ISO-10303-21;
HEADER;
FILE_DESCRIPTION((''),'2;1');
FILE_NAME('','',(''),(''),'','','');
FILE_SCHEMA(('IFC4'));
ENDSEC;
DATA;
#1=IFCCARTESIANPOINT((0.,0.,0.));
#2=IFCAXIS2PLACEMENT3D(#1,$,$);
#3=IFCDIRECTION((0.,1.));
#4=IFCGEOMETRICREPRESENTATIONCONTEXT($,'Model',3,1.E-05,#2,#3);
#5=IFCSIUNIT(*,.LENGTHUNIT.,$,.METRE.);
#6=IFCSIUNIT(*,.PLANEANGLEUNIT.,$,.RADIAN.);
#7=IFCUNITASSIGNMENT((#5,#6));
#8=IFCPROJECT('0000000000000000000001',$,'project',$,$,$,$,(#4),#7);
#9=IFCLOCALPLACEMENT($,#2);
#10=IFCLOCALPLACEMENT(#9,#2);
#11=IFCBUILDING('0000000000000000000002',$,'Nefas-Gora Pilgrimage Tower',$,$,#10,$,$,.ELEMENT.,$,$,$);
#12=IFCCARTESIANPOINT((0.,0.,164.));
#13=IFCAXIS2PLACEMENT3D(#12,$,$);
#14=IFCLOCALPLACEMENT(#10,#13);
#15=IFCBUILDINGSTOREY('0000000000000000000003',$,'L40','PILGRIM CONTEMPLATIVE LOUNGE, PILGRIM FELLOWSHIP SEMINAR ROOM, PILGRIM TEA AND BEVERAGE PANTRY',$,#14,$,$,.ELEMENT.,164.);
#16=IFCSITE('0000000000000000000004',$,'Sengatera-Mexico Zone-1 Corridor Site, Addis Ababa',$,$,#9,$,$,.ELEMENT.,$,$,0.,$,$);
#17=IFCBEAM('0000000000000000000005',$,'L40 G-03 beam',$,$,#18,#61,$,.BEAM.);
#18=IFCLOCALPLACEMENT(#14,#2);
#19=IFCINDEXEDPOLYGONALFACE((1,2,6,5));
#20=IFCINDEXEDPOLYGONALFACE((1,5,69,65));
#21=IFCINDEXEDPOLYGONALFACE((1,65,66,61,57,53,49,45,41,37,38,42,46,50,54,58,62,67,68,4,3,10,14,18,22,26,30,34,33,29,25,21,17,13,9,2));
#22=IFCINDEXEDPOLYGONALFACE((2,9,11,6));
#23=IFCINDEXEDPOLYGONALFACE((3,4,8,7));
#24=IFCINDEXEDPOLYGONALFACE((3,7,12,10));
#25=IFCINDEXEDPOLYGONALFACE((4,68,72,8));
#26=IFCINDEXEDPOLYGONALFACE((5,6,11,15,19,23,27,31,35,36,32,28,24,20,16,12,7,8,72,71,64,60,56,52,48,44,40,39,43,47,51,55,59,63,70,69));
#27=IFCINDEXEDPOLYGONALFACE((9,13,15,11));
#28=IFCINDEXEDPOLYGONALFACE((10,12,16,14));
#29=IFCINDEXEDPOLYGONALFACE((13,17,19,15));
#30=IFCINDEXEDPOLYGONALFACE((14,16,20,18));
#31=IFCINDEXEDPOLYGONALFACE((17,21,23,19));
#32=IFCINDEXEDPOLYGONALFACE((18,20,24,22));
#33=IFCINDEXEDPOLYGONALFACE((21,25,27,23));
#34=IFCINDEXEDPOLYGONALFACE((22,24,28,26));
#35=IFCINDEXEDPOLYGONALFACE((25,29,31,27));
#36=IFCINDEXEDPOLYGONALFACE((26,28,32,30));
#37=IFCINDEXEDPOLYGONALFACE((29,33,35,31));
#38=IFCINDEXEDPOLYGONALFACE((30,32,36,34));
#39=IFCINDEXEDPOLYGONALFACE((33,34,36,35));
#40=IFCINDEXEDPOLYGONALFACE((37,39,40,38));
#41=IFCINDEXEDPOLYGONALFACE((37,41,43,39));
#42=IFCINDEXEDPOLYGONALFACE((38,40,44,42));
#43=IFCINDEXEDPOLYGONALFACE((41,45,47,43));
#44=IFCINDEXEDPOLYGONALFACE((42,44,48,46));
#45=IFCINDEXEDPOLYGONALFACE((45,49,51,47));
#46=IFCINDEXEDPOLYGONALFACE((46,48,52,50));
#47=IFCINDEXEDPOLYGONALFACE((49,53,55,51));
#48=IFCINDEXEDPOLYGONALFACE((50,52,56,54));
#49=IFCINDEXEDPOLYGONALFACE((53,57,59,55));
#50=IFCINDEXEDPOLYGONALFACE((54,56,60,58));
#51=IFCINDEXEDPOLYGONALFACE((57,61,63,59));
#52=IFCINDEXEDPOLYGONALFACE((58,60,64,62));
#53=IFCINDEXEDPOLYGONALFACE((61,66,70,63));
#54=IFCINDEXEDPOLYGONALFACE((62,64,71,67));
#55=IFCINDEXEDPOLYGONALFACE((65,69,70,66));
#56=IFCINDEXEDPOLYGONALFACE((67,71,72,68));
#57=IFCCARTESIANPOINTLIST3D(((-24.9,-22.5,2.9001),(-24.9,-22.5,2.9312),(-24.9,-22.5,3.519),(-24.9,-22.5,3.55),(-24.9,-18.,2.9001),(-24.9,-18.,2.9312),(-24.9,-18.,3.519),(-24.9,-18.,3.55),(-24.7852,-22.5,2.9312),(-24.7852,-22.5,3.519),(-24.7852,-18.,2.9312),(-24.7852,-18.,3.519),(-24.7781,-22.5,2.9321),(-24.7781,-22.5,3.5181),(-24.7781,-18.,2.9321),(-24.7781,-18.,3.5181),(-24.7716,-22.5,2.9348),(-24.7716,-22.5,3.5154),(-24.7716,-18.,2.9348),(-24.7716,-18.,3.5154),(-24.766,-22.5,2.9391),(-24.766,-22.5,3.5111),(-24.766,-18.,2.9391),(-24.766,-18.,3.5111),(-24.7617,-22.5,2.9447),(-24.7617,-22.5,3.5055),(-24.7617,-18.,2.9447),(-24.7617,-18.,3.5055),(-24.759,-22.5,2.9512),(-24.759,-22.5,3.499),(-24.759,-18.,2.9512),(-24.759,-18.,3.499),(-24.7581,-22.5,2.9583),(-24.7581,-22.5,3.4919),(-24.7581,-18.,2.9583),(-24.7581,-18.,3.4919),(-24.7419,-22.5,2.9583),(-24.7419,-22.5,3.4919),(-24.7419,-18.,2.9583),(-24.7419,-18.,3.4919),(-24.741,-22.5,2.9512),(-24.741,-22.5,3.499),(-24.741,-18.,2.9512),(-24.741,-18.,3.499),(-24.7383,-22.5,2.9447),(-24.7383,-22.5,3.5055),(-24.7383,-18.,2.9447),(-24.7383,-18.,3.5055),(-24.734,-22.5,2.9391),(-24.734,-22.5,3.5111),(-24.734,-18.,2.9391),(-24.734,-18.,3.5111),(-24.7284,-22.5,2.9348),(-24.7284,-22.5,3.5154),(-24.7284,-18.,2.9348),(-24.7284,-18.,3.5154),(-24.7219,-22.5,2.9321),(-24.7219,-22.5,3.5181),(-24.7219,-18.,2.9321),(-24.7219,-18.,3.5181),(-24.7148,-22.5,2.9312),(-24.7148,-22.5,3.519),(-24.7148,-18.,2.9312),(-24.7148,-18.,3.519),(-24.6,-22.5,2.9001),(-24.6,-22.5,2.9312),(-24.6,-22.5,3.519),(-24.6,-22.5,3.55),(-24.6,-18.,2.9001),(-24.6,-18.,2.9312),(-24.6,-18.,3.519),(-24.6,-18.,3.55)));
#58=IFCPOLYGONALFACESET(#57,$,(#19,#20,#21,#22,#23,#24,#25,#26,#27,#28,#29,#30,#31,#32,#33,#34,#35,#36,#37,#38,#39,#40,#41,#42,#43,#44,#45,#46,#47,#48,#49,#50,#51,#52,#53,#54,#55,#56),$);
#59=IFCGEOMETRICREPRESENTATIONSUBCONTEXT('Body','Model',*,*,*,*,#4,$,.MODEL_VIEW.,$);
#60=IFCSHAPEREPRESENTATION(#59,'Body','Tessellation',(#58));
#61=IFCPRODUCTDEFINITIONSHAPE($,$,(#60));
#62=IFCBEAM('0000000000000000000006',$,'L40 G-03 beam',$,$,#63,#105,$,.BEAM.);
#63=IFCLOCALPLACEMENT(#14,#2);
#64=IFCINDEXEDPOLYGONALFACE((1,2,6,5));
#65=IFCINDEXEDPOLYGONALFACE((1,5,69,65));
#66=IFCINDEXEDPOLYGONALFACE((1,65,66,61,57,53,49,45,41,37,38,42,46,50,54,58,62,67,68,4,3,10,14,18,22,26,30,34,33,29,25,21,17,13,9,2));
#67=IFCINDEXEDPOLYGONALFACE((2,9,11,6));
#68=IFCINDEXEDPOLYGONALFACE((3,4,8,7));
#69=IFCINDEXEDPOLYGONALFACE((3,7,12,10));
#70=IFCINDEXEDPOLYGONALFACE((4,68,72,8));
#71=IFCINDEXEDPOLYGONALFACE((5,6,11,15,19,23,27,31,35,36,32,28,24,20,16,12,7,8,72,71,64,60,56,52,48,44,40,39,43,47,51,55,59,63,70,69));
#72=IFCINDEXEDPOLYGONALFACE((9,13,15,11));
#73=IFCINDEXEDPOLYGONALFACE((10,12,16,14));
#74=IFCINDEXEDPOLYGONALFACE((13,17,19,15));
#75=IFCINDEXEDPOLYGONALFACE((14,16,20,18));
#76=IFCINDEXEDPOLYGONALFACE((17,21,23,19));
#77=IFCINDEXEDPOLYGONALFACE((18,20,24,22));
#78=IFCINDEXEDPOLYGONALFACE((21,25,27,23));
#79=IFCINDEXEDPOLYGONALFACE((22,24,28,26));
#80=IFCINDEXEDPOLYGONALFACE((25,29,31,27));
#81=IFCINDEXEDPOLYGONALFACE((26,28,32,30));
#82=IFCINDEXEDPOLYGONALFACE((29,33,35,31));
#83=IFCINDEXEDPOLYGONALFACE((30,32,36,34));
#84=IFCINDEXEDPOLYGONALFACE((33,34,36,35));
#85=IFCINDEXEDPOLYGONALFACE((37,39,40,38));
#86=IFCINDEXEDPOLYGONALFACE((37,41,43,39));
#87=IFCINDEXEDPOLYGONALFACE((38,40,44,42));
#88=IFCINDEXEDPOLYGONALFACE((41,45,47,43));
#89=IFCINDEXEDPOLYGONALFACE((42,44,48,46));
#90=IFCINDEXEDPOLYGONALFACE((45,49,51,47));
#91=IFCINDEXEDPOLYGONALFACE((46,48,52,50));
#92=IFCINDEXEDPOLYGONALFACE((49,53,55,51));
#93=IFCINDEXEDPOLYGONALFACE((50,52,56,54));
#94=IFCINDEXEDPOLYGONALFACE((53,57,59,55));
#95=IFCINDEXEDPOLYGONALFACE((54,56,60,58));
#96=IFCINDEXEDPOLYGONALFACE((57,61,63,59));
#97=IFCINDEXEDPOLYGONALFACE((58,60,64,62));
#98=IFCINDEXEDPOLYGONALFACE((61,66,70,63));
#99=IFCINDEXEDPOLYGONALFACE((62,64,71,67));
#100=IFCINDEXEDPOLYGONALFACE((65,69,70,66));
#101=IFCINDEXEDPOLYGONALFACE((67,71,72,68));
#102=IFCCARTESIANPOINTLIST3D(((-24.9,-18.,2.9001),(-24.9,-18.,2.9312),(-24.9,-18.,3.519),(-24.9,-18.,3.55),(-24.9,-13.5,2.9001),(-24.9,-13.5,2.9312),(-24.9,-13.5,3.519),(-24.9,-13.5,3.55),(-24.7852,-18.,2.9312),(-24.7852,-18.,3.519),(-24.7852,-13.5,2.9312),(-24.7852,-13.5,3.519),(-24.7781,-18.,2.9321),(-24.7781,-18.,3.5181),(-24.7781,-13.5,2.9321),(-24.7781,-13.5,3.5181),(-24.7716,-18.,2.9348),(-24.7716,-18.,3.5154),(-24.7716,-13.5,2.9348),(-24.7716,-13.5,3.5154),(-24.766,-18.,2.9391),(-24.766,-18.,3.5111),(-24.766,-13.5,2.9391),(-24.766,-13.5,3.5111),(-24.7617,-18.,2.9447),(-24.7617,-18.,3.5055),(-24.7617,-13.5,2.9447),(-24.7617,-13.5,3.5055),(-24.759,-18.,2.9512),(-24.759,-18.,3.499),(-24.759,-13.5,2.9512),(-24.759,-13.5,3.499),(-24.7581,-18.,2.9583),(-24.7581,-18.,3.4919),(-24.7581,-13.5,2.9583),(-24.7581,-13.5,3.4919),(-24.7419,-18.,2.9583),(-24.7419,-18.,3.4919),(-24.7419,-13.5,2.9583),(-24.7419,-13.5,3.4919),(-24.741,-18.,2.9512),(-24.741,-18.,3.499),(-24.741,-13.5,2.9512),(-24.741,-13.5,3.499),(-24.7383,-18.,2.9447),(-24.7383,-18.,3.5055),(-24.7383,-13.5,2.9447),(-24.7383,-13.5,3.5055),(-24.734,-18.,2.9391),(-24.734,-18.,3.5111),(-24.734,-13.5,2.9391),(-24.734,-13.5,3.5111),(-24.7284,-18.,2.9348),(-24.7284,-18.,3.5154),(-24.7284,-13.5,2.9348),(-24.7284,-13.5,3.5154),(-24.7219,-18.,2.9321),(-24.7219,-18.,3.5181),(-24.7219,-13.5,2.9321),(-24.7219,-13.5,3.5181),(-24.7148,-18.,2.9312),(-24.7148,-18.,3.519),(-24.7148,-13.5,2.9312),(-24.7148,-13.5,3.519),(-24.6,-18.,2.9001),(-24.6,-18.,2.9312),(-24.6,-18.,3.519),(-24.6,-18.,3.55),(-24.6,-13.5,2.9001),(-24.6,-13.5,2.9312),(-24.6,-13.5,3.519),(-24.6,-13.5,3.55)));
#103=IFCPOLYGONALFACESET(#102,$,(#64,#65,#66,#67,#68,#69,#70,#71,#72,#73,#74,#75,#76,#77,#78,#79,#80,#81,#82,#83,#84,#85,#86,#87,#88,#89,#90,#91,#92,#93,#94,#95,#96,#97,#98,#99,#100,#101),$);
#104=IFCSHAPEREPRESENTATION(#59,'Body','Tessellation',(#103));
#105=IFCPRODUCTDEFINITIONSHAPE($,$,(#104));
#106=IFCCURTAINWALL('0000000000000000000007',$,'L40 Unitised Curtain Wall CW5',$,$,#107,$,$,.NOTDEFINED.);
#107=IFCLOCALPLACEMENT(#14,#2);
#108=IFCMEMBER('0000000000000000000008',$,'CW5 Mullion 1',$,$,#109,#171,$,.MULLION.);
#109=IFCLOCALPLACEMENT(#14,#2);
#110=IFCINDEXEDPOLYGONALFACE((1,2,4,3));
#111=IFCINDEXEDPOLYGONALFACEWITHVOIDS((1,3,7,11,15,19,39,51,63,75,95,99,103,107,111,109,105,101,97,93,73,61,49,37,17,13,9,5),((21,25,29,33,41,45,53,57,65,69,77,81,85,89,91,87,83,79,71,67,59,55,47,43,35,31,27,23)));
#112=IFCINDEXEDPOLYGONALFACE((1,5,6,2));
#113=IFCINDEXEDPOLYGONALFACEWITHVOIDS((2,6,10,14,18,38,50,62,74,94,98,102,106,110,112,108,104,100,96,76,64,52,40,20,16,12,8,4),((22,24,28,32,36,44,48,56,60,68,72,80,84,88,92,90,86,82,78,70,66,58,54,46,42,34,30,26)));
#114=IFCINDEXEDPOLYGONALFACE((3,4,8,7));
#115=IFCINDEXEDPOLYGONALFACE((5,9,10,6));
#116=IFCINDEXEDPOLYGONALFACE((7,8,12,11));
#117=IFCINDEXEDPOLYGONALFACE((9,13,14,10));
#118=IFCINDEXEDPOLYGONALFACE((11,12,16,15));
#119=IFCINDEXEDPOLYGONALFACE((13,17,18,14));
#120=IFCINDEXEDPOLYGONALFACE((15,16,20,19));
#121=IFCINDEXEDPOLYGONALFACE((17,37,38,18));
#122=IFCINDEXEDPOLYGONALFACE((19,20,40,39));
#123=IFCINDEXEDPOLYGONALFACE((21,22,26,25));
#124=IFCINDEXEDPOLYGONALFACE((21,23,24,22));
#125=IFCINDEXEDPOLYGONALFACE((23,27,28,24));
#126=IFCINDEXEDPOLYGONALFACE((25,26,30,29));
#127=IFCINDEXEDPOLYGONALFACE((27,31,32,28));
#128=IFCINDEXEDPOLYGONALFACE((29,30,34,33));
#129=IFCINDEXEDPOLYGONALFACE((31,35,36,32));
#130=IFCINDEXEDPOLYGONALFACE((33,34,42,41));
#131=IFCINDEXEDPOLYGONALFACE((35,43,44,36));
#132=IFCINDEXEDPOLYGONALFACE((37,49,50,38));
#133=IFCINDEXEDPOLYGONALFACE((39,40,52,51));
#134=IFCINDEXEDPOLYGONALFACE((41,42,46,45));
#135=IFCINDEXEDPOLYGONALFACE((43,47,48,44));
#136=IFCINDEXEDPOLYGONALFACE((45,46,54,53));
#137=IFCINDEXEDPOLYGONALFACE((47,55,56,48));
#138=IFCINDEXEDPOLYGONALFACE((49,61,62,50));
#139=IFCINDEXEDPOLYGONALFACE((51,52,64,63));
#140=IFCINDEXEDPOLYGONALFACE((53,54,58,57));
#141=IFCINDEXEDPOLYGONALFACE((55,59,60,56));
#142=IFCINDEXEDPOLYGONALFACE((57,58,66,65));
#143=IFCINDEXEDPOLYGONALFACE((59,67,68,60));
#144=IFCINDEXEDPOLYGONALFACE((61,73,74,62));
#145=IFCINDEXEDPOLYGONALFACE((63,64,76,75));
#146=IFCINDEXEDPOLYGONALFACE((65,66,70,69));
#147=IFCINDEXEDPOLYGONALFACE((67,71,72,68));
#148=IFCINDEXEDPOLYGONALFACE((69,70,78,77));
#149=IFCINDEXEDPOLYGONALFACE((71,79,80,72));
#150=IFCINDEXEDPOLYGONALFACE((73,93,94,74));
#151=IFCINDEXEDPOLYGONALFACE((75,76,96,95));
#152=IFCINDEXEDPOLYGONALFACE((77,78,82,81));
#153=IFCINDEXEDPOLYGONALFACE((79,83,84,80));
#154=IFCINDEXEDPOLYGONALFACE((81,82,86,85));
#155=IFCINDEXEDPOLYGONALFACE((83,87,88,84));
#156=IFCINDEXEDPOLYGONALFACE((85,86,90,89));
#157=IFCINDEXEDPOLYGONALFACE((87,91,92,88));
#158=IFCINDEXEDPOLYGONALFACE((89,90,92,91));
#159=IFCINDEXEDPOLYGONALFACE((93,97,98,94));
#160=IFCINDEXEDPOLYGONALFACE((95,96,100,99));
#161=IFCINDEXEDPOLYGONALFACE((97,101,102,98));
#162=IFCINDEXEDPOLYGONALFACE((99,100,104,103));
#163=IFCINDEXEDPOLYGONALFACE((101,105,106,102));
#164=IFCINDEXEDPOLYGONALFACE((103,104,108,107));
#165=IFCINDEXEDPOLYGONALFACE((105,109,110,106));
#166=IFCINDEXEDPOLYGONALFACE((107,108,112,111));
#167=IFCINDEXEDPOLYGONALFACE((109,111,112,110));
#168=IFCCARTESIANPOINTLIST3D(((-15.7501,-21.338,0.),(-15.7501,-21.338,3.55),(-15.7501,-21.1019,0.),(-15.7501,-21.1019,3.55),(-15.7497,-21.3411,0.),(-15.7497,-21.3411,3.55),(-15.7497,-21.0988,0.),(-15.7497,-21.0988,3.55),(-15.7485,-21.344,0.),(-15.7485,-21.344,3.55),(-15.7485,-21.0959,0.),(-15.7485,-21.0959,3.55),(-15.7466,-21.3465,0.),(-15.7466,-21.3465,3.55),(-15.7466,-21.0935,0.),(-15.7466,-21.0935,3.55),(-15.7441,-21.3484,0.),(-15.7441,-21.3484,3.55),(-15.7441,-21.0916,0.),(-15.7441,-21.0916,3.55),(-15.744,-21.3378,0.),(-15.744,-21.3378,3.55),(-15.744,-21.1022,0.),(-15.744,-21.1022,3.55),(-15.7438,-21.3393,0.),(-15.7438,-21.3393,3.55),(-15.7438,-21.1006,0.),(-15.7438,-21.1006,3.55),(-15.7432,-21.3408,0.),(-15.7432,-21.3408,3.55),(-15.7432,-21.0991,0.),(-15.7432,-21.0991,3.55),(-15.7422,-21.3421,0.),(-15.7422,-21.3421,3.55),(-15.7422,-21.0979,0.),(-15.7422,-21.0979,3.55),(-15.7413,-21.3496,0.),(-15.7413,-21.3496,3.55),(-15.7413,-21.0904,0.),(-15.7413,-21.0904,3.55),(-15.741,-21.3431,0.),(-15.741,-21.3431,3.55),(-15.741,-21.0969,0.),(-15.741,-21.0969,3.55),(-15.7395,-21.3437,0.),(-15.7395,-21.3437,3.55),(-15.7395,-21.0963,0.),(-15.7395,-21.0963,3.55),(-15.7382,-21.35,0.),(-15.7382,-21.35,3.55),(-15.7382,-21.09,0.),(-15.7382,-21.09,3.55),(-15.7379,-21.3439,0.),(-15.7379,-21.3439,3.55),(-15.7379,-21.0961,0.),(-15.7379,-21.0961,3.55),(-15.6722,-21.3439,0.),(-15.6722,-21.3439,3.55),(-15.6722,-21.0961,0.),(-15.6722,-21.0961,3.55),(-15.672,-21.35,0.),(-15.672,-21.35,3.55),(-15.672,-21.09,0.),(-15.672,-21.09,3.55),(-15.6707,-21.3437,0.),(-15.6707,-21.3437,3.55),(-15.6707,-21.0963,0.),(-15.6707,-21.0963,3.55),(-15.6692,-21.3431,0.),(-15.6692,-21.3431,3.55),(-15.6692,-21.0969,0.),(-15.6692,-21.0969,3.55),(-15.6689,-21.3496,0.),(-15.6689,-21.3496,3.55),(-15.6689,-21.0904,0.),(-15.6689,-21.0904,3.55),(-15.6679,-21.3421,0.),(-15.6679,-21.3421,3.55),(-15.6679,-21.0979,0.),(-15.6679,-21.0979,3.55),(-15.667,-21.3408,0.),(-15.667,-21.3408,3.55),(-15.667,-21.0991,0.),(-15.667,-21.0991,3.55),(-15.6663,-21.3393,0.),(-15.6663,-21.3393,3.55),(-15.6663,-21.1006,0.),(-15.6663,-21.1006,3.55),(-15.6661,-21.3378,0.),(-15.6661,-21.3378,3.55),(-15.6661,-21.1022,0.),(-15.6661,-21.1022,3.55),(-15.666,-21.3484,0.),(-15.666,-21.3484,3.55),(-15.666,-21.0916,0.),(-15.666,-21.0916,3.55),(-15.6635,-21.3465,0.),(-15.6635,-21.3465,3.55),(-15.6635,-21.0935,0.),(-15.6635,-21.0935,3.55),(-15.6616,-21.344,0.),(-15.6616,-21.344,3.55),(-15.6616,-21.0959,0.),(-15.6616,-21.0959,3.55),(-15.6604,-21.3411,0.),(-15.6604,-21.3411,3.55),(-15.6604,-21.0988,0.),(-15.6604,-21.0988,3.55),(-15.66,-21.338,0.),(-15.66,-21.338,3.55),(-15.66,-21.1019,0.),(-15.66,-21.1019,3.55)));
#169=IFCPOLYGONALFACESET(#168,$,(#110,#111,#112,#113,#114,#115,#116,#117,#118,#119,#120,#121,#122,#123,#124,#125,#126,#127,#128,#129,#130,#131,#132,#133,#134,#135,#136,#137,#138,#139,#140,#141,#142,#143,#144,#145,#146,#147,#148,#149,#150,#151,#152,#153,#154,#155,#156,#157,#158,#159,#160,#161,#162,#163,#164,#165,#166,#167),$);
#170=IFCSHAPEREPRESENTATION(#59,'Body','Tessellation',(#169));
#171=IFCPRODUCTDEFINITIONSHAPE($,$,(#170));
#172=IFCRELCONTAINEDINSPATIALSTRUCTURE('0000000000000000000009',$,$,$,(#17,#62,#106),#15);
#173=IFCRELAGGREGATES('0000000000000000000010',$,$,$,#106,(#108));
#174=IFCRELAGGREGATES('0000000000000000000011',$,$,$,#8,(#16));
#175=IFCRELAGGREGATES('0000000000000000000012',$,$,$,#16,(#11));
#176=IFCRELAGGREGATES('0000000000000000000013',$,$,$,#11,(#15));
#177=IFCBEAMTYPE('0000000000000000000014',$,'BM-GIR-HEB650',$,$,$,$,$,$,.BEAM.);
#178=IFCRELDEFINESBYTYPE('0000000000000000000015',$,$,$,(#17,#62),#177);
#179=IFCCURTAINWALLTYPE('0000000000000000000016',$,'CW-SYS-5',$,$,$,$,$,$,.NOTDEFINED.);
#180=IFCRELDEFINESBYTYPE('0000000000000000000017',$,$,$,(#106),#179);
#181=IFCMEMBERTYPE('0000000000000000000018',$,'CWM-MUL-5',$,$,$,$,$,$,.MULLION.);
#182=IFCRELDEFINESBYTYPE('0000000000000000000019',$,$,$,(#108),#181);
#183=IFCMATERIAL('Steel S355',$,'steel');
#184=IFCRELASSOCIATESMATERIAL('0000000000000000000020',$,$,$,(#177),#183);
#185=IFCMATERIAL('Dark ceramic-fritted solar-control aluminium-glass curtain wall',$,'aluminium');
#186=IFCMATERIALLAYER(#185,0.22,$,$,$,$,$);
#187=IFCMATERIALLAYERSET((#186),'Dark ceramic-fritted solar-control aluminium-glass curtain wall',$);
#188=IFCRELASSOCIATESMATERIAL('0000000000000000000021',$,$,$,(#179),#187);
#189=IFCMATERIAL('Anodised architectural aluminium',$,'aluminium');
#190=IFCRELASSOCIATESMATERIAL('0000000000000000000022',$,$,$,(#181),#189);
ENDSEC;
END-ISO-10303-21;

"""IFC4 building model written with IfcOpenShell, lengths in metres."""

from ifc_helpers import new_model, si_unit, direction, frame, origin, origin_2d, place, context, subcontext, project, spatial, hollow_rectangle, i_section, extrude, source, transform, mapped, material, layer, layer_set, material_profile, profile_set, type_object, element, aggregate, save


model = new_model("IFC4")

# Units and contexts
model_context = context("Model", 3, precision=1e-05, world=origin(), true_north=direction((0.0, 1.0)))
body_context = subcontext(model_context, "Body", "Model", "MODEL_VIEW")
ifc_project = project(units=[si_unit("LENGTHUNIT", "METRE"), si_unit("PLANEANGLEUNIT", "RADIAN")], contexts=[model_context])

# Site, building, storey
site_placement = place(None, origin())
site = spatial("IfcSite", under=ifc_project, at=site_placement, Name="Sengatera-Mexico Zone-1 Corridor Site, Addis Ababa", CompositionType="ELEMENT", RefElevation=0.0)
building_placement = place(site_placement, origin())
building = spatial("IfcBuilding", under=site, at=building_placement, Name="Nefas-Gora Pilgrimage Tower", CompositionType="ELEMENT")
storey_placement = place(building_placement, frame((0.0, 0.0, 164.0)))
storey = spatial("IfcBuildingStorey", under=building, at=storey_placement, Name="L40", Description="PILGRIM CONTEMPLATIVE LOUNGE, PILGRIM FELLOWSHIP SEMINAR ROOM, PILGRIM TEA AND BEVERAGE PANTRY", CompositionType="ELEMENT", Elevation=164.0)

# Beams
ifc_material_1 = material(Name="Steel S355", Category="steel")
ifc_material_profile_1 = material_profile(ifc_material_1, i_section(OverallWidth=0.3, OverallDepth=0.6499, WebThickness=0.0161, FlangeThickness=0.031, FilletRadius=0.0271, at=origin_2d()), Name="HEB 650")
ifc_profile_set_1 = profile_set([ifc_material_profile_1], Name="Steel S355")
beam_type_1 = type_object("IfcBeamType", Name="BM-GIR-HEB650", PredefinedType="BEAM", material=ifc_profile_set_1)
shared_shape_1 = source(origin(), body_context, "Body", "SweptSolid", [
    extrude(i_section(OverallWidth=0.3, OverallDepth=0.6499, WebThickness=0.0161, FlangeThickness=0.031, FilletRadius=0.0271, at=origin_2d()), origin(), (0.0, 0.0, 1.0), 4.5),
])
for number, where, z_axis, x_axis, name in (
    (1, (-24.75, -22.5, 3.2251), (0.0, 1.0, 0.0), (-1.0, 0.0, 0.0), "L40 G-03 beam"),
    (2, (-24.75, -18.0, 3.2251), (0.0, 1.0, 0.0), (-1.0, 0.0, 0.0), "L40 G-03 beam"),
):
    element("IfcBeam", number, at=place(storey_placement, frame(where, z_axis=z_axis, x_axis=x_axis)), inside=storey, type_object=beam_type_1, Name=name, PredefinedType="BEAM", context=body_context, shape_type="MappedRepresentation", body=[
        mapped(shared_shape_1, transform((0.0, 0.0, 0.0), x_axis=(1.0, 0.0, 0.0), y_axis=(0.0, 1.0, 0.0), z_axis=(0.0, 0.0, 1.0), scale=1.0)),
    ])

# Curtain wall, member
ifc_material_2 = material(Name="Dark ceramic-fritted solar-control aluminium-glass curtain wall", Category="aluminium")
ifc_layer_1 = layer(ifc_material_2, 0.22)
ifc_layer_set_1 = layer_set([ifc_layer_1], Name="Dark ceramic-fritted solar-control aluminium-glass curtain wall")
curtain_wall_type_1 = type_object("IfcCurtainWallType", Name="CW-SYS-5", PredefinedType="NOTDEFINED", material=ifc_layer_set_1)
curtain_wall_1_placement = place(storey_placement, origin())
curtain_wall_1 = element("IfcCurtainWall", 3, at=curtain_wall_1_placement, inside=storey, type_object=curtain_wall_type_1, Name="L40 Unitised Curtain Wall CW5", PredefinedType="NOTDEFINED")
ifc_material_3 = material(Name="Anodised architectural aluminium", Category="aluminium")
ifc_material_profile_2 = material_profile(ifc_material_3, hollow_rectangle(XDim=0.0901, YDim=0.26, WallThickness=0.0061, InnerFilletRadius=0.0061, OuterFilletRadius=0.012, at=origin_2d()), Name="ALU MULLION 90x260")
ifc_profile_set_2 = profile_set([ifc_material_profile_2], Name="Anodised architectural aluminium")
member_type_1 = type_object("IfcMemberType", Name="CWM-MUL-5", PredefinedType="MULLION", material=ifc_profile_set_2)
shared_shape_2 = source(origin(), body_context, "Body", "SweptSolid", [
    extrude(hollow_rectangle(XDim=0.0901, YDim=0.26, WallThickness=0.0061, InnerFilletRadius=0.0061, OuterFilletRadius=0.012, at=origin_2d()), origin(), (0.0, 0.0, 1.0), 3.55),
])
member_1_placement = place(storey_placement, frame((-15.7051, -21.22, 0.0), z_axis=(0.0, 0.0, 1.0), x_axis=(1.0, 0.0, 0.0)))
member_1 = element("IfcMember", 4, at=member_1_placement, type_object=member_type_1, Name="CW5 Mullion 1", PredefinedType="MULLION", context=body_context, shape_type="MappedRepresentation", body=[
    mapped(shared_shape_2, transform((0.0, 0.0, 0.0), x_axis=(1.0, 0.0, 0.0), y_axis=(0.0, 1.0, 0.0), z_axis=(0.0, 0.0, 1.0), scale=1.0)),
])

aggregate(curtain_wall_1, [member_1])

save(model, "model.ifc")
